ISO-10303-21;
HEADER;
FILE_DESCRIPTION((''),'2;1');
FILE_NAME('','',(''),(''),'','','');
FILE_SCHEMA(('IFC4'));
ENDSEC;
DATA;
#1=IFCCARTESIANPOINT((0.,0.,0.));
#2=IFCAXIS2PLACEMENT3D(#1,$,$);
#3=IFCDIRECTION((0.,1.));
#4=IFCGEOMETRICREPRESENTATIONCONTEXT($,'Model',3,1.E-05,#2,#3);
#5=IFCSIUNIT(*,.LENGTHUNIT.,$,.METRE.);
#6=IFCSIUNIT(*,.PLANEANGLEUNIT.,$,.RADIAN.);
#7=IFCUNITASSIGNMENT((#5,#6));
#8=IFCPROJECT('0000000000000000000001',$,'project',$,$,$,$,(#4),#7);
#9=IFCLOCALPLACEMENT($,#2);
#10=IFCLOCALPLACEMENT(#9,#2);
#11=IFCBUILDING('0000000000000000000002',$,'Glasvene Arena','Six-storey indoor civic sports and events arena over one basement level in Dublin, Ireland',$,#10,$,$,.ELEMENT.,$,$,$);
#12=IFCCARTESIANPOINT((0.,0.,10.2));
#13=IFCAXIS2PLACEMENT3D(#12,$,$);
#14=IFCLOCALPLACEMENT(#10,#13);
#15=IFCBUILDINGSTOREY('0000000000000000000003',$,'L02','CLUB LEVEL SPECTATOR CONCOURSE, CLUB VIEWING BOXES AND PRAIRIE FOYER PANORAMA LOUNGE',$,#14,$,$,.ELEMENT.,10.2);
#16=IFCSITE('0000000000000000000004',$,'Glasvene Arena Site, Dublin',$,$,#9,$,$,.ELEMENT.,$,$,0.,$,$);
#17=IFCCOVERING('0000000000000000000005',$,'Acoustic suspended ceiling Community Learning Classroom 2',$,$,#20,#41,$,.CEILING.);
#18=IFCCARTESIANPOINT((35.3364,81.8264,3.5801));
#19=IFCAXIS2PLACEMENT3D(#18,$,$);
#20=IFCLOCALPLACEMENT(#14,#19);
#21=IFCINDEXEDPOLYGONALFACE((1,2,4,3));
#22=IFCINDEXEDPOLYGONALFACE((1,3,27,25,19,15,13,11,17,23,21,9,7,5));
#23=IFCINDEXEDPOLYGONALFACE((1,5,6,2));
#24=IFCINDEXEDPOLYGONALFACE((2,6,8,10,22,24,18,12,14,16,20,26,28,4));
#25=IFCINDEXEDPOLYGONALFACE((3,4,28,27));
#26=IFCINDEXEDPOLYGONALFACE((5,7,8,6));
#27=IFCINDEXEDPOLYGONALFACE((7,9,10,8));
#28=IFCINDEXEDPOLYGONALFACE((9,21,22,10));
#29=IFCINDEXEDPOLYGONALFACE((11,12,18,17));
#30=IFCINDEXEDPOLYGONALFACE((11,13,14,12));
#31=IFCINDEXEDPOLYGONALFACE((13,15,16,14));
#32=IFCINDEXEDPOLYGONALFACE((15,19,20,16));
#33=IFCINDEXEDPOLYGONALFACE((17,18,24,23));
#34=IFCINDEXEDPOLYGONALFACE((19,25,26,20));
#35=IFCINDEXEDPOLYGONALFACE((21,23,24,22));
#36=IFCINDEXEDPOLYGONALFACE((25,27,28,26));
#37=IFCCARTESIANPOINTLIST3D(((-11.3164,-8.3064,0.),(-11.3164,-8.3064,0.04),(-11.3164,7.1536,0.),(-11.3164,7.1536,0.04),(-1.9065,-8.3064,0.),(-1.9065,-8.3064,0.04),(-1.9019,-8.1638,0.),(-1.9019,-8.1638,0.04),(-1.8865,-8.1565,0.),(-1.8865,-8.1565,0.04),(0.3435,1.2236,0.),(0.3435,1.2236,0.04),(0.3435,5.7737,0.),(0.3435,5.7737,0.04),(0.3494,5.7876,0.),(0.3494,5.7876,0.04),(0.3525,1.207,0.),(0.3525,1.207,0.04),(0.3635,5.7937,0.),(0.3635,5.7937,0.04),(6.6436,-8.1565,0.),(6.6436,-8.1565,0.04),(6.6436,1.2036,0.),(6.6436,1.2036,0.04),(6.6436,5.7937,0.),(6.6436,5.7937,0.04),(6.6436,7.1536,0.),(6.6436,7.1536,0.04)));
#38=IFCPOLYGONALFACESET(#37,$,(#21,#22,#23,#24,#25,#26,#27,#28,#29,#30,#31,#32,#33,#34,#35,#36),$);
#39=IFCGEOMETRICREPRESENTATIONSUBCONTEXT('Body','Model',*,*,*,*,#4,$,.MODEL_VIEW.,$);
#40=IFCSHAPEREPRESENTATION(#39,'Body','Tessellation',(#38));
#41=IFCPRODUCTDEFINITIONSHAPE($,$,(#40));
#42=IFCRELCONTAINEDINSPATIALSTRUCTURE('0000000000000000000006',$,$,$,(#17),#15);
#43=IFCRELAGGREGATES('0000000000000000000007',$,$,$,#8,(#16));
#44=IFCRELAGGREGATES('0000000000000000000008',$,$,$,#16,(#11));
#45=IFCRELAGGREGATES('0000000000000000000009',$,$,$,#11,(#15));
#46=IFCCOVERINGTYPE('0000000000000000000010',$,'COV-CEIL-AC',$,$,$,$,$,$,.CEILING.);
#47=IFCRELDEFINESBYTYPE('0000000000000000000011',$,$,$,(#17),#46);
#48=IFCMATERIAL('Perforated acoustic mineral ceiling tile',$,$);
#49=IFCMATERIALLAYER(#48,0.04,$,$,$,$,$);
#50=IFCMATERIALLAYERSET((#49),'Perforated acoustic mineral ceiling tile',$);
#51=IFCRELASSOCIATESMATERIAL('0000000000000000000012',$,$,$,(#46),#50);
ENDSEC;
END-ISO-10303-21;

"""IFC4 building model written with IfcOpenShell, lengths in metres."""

from ifc_helpers import new_model, si_unit, direction, frame, origin, place, context, subcontext, project, spatial, polyline, outline, extrude, material, layer, layer_set, type_object, element, save


model = new_model("IFC4")

# Units and contexts
model_context = context("Model", 3, precision=1e-05, world=origin(), true_north=direction((0.0, 1.0)))
body_context = subcontext(model_context, "Body", "Model", "MODEL_VIEW")
ifc_project = project(units=[si_unit("LENGTHUNIT", "METRE"), si_unit("PLANEANGLEUNIT", "RADIAN")], contexts=[model_context])

# Site, building, storey
site_placement = place(None, origin())
site = spatial("IfcSite", under=ifc_project, at=site_placement, Name="Glasvene Arena Site, Dublin", CompositionType="ELEMENT", RefElevation=0.0)
building_placement = place(site_placement, origin())
building = spatial("IfcBuilding", under=site, at=building_placement, Name="Glasvene Arena", Description="Six-storey indoor civic sports and events arena over one basement level in Dublin, Ireland", CompositionType="ELEMENT")
storey_placement = place(building_placement, frame((0.0, 0.0, 10.2)))
storey = spatial("IfcBuildingStorey", under=building, at=storey_placement, Name="L02", Description="CLUB LEVEL SPECTATOR CONCOURSE, CLUB VIEWING BOXES AND PRAIRIE FOYER PANORAMA LOUNGE", CompositionType="ELEMENT", Elevation=10.2)

# Covering
ifc_material_1 = material(Name="Perforated acoustic mineral ceiling tile")
ifc_layer_1 = layer(ifc_material_1, 0.04)
ifc_layer_set_1 = layer_set([ifc_layer_1], Name="Perforated acoustic mineral ceiling tile")
covering_type = type_object("IfcCoveringType", Name="COV-CEIL-AC", PredefinedType="CEILING", material=ifc_layer_set_1)
covering_placement = place(storey_placement, frame((35.3364, 81.8264, 3.5801)))
element("IfcCovering", 1, at=covering_placement, inside=storey, type_object=covering_type, Name="Acoustic suspended ceiling Community Learning Classroom 2", PredefinedType="CEILING", context=body_context, shape_type="SweptSolid", body=[
    extrude(outline(polyline([(-11.3164, -8.3064), (-11.3164, 7.1536), (6.6436, 7.1536), (6.6436, 5.7937), (0.3635, 5.7937), (0.3494, 5.7876), (0.3435, 5.7737), (0.3435, 1.2236), (0.3525, 1.207), (6.6436, 1.2036), (6.6436, -8.1565), (-1.8865, -8.1565), (-1.9019, -8.1638), (-1.9065, -8.3064), (-11.3164, -8.3064)])), origin(), (0.0, 0.0, 1.0), 0.04),
])

save(model, "model.ifc")
